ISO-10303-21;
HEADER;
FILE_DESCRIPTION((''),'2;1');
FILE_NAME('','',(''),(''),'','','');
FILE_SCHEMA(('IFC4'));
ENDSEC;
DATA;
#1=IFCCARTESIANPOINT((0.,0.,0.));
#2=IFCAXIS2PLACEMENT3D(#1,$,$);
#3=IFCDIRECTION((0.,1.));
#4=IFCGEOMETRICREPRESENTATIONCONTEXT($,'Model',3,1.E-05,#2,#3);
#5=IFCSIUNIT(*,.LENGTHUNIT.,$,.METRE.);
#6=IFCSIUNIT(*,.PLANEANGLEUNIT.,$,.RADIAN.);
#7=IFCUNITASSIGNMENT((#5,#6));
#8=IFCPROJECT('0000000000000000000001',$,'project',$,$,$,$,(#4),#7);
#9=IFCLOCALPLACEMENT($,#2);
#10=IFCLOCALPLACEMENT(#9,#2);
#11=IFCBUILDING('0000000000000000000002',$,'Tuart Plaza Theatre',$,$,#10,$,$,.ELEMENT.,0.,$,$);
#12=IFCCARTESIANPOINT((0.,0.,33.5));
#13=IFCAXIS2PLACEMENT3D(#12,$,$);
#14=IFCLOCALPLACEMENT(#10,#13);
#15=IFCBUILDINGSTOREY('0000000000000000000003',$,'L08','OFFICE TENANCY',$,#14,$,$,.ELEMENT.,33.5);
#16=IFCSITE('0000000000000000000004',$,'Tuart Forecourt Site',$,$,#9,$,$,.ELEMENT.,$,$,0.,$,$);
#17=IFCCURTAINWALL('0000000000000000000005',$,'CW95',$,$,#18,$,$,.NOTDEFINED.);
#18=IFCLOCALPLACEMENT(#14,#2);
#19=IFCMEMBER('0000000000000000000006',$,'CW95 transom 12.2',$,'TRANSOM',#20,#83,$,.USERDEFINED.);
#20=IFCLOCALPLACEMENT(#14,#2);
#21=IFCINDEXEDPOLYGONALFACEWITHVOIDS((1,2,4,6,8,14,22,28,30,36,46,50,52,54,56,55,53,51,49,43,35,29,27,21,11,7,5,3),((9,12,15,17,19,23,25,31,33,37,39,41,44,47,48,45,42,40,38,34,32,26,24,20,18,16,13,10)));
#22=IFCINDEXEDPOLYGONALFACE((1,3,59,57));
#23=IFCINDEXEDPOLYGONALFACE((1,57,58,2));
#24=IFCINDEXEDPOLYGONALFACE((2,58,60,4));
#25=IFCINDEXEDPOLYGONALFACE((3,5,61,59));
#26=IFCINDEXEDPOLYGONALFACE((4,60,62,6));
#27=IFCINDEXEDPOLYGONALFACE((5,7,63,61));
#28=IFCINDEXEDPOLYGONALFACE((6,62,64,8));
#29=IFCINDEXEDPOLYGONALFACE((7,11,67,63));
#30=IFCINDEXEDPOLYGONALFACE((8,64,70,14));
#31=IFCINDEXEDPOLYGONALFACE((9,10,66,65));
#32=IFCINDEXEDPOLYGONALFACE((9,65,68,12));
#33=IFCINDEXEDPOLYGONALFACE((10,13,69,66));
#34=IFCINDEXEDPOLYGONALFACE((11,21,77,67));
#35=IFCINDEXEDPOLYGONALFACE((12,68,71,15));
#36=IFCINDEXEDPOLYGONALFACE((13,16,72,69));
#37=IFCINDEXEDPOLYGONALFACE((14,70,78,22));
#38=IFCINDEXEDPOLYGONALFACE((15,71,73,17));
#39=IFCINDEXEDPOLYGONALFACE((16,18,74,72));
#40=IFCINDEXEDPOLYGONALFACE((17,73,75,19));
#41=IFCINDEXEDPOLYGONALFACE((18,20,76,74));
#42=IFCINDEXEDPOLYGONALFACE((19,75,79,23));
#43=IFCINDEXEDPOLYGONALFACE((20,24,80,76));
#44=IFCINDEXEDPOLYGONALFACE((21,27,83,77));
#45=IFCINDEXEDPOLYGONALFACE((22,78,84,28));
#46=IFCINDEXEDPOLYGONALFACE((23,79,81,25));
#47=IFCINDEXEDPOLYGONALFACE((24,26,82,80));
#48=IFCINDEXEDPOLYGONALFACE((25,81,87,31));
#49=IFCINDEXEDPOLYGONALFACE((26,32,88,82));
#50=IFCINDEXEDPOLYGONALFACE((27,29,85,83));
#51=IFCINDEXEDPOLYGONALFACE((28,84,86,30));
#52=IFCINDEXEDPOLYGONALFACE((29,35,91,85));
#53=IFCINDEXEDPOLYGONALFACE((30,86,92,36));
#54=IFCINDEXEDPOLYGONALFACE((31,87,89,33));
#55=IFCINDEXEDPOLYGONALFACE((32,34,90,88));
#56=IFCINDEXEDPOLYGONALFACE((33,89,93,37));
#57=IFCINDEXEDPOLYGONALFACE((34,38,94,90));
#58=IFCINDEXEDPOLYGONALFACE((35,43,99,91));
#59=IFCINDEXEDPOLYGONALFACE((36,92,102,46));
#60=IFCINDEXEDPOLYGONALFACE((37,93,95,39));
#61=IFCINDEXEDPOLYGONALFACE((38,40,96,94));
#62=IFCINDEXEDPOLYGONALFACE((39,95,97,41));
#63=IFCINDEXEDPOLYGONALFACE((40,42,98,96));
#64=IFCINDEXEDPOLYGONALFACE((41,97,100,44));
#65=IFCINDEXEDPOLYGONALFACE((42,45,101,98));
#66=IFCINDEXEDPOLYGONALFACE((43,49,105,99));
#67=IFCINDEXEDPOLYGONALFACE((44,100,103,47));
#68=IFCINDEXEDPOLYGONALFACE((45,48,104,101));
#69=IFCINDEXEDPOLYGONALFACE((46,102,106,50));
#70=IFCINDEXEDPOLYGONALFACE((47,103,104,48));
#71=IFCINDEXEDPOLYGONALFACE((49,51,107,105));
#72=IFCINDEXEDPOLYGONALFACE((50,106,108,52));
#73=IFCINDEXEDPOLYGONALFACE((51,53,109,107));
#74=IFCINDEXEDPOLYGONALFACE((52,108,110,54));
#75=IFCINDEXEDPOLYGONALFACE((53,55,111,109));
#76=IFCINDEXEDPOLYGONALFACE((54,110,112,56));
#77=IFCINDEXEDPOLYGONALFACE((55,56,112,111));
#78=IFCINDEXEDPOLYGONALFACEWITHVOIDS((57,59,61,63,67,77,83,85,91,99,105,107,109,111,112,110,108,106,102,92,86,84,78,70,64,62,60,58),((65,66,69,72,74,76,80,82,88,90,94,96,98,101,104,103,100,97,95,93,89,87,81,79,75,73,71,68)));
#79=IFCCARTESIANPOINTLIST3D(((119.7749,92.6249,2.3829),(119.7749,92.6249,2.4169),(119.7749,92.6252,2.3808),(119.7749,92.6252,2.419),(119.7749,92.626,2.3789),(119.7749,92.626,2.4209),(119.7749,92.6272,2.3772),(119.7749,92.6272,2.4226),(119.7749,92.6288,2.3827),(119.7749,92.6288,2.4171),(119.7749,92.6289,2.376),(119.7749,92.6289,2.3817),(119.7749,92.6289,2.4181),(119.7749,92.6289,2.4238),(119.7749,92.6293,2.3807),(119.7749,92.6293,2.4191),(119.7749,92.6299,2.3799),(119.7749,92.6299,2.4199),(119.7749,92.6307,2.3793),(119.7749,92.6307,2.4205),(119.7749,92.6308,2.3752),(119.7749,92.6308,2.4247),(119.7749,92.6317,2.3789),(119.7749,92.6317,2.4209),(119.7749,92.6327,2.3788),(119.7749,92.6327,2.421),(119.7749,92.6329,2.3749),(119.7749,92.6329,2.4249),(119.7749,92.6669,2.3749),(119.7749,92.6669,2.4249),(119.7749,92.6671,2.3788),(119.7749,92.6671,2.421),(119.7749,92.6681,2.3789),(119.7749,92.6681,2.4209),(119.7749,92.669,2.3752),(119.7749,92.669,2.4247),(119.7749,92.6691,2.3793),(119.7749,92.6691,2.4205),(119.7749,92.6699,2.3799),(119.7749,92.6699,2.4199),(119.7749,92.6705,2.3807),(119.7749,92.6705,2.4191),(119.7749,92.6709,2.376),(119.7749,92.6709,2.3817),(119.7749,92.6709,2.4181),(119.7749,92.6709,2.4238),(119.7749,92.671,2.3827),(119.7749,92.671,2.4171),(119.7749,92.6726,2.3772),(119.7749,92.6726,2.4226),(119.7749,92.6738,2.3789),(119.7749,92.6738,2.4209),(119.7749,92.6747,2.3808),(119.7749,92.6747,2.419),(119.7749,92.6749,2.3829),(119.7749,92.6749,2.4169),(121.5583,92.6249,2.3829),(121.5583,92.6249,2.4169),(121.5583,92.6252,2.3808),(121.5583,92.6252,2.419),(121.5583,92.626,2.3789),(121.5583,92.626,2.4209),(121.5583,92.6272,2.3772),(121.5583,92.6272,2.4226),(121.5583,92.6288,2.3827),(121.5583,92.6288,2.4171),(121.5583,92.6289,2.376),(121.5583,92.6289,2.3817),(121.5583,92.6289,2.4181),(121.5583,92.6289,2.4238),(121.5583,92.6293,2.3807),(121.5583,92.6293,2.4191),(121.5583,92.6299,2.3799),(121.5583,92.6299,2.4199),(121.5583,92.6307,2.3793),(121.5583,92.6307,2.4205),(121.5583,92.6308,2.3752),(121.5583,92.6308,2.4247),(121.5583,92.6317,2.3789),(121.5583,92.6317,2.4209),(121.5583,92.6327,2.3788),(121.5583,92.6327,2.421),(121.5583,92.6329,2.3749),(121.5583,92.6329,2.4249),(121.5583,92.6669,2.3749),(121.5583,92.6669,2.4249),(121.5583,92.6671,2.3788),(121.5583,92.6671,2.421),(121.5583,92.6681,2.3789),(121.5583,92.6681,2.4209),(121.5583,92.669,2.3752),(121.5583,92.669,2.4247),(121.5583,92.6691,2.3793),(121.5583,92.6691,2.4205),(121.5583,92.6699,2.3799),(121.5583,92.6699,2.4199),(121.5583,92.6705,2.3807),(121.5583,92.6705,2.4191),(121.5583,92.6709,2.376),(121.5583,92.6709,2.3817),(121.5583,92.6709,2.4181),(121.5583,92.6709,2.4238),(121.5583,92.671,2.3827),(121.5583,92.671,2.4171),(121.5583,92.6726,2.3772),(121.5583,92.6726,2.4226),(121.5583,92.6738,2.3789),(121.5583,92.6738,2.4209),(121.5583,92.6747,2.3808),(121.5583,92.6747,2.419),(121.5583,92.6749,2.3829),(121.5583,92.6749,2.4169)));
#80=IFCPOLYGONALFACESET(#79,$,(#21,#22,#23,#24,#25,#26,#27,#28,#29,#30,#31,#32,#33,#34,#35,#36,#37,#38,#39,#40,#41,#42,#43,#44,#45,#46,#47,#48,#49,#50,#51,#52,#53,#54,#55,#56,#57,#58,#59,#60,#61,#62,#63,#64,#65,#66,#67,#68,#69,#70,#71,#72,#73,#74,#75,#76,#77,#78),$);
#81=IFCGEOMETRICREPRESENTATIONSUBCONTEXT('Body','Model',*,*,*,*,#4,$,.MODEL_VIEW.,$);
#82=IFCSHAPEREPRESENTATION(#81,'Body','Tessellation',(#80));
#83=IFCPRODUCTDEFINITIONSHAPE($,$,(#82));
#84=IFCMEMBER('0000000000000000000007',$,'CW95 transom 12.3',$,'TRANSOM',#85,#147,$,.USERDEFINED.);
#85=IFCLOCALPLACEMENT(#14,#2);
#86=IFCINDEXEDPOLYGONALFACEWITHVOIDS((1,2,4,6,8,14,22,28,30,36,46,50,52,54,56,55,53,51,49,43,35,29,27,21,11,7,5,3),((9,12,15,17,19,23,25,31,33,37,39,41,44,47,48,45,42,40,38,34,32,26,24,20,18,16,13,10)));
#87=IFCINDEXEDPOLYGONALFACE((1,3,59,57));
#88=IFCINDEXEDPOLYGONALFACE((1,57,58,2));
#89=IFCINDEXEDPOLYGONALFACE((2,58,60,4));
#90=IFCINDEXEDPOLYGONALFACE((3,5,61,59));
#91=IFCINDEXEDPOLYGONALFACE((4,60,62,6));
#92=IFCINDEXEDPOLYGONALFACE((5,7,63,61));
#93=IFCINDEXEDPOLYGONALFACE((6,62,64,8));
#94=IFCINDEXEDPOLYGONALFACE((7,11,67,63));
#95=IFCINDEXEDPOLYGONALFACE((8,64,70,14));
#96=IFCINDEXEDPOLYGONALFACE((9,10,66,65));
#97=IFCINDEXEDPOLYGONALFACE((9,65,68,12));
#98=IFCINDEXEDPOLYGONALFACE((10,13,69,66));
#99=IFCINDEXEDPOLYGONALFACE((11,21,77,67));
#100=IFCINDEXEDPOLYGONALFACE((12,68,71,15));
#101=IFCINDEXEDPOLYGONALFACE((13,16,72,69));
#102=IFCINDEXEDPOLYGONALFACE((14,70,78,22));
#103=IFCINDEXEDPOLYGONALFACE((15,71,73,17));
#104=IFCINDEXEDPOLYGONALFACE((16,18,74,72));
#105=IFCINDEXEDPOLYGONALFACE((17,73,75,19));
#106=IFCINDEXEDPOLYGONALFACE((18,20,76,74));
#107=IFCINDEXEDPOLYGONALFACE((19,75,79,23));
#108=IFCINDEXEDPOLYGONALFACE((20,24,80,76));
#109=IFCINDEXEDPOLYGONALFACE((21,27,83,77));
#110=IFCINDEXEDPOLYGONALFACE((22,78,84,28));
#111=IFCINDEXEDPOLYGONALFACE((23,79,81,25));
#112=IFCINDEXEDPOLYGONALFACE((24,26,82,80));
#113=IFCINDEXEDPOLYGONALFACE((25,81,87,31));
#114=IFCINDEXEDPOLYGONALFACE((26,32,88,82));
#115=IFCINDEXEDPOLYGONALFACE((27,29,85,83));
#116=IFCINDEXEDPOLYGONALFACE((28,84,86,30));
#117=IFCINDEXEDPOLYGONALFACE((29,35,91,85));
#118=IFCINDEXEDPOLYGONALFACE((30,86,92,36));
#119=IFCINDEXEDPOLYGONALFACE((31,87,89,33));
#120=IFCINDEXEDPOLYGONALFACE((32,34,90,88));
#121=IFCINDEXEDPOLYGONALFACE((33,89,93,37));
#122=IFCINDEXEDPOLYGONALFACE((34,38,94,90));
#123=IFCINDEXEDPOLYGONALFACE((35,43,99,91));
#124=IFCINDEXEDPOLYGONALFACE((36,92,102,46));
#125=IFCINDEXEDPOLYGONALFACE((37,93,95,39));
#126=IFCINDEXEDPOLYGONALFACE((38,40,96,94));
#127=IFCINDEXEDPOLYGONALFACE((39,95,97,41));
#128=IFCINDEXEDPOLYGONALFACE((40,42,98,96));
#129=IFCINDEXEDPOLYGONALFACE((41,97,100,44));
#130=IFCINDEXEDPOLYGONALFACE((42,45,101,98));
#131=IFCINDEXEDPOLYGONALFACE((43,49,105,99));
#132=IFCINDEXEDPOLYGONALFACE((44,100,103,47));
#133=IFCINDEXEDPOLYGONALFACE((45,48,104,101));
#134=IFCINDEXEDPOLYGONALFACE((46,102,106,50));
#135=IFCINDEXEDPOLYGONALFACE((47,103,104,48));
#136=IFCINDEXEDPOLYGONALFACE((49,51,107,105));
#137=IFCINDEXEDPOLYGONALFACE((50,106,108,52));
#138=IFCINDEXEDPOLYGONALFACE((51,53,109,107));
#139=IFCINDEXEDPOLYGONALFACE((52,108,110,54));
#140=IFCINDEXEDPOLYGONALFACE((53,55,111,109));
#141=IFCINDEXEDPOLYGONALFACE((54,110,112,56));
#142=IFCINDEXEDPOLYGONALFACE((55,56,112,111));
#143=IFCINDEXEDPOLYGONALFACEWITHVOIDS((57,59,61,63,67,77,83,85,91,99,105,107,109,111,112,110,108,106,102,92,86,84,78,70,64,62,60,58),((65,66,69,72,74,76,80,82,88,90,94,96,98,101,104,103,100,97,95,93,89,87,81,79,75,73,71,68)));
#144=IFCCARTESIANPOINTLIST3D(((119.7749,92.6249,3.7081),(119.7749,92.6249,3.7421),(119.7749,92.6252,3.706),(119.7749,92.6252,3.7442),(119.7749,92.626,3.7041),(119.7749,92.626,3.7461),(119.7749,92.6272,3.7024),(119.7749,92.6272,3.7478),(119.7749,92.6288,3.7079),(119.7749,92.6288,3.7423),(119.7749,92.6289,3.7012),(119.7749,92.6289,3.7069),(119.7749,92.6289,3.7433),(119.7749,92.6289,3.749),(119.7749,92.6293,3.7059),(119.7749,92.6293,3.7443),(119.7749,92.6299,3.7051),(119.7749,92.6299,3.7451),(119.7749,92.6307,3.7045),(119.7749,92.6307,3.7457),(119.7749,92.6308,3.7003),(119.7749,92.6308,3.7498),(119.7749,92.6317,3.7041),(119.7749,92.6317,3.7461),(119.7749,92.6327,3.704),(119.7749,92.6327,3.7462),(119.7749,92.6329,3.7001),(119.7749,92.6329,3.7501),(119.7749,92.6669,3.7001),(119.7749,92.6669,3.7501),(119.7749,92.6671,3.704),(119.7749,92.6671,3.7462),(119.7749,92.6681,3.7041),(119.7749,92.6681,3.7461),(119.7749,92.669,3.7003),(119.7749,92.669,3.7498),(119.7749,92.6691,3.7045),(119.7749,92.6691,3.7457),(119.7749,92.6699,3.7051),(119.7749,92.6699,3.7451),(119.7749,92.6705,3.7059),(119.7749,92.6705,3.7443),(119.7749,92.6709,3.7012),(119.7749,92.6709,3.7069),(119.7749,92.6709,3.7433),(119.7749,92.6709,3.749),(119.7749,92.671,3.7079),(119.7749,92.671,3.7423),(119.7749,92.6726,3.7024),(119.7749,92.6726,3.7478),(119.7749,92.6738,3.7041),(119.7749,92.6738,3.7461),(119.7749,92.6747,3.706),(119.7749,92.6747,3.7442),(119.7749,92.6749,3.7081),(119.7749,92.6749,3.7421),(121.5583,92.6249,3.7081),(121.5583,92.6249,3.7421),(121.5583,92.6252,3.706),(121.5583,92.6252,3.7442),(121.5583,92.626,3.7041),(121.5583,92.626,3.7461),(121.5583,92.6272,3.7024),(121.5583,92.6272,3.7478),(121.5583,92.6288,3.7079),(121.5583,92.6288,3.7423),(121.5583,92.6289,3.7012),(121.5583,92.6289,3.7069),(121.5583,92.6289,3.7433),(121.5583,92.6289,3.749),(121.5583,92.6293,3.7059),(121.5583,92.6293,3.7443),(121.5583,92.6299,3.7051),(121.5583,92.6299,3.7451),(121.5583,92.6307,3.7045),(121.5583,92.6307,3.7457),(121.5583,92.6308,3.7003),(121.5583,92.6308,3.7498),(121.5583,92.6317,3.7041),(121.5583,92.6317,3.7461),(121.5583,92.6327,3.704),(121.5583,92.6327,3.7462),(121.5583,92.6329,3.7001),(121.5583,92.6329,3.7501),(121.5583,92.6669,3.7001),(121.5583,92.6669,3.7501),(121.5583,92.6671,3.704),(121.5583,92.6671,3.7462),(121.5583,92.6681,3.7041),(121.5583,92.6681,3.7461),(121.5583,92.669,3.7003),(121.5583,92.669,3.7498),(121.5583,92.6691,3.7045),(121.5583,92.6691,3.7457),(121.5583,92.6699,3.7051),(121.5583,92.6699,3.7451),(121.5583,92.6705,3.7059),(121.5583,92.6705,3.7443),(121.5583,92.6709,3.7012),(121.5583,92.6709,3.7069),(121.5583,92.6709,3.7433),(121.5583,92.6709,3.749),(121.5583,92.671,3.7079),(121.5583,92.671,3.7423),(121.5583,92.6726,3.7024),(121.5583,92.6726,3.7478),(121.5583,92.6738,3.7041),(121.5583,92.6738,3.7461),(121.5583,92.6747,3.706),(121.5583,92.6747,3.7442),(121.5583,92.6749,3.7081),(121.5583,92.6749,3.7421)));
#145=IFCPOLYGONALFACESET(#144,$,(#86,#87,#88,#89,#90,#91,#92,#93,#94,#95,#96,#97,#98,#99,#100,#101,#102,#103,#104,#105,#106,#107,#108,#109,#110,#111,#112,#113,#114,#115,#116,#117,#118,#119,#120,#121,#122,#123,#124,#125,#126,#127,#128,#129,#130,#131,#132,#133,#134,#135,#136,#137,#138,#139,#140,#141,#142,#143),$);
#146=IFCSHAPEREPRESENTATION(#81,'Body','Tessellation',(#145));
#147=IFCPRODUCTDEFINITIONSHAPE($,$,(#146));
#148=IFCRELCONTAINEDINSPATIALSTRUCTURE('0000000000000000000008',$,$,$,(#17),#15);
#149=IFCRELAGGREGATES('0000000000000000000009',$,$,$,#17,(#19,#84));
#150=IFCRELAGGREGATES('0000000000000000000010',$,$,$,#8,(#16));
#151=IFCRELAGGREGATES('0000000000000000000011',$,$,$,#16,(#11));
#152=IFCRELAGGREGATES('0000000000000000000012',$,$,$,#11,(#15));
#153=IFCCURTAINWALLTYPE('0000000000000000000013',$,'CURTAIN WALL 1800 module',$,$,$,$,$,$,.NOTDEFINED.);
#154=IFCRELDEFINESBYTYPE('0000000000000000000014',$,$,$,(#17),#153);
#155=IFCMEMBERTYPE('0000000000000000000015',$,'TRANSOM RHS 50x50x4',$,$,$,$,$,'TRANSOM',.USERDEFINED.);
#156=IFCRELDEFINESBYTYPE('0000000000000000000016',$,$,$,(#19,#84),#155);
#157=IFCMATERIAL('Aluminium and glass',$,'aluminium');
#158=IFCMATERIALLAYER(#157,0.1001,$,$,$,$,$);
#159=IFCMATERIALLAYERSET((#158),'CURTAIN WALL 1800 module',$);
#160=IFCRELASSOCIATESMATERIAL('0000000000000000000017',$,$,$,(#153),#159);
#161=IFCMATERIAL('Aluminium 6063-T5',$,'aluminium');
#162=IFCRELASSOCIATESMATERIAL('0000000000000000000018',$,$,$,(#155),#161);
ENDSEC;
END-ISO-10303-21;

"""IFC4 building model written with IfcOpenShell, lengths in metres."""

from ifc_helpers import new_model, si_unit, direction, frame, origin, origin_2d, place, context, subcontext, project, spatial, hollow_rectangle, extrude, material, layer, layer_set, material_profile, profile_set, type_object, element, aggregate, save


model = new_model("IFC4")

# Units and contexts
model_context = context("Model", 3, precision=1e-05, world=origin(), true_north=direction((0.0, 1.0)))
body_context = subcontext(model_context, "Body", "Model", "MODEL_VIEW")
ifc_project = project(units=[si_unit("LENGTHUNIT", "METRE"), si_unit("PLANEANGLEUNIT", "RADIAN")], contexts=[model_context])

# Site, building, storey
site_placement = place(None, origin())
site = spatial("IfcSite", under=ifc_project, at=site_placement, Name="Tuart Forecourt Site", CompositionType="ELEMENT", RefElevation=0.0)
building_placement = place(site_placement, origin())
building = spatial("IfcBuilding", under=site, at=building_placement, Name="Tuart Plaza Theatre", CompositionType="ELEMENT", ElevationOfRefHeight=0.0)
storey_placement = place(building_placement, frame((0.0, 0.0, 33.5)))
storey = spatial("IfcBuildingStorey", under=building, at=storey_placement, Name="L08", Description="OFFICE TENANCY", CompositionType="ELEMENT", Elevation=33.5)

# Curtain wall, members
ifc_material_1 = material(Name="Aluminium and glass", Category="aluminium")
ifc_layer_1 = layer(ifc_material_1, 0.1001)
ifc_layer_set_1 = layer_set([ifc_layer_1], Name="CURTAIN WALL 1800 module")
curtain_wall_type = type_object("IfcCurtainWallType", Name="CURTAIN WALL 1800 module", PredefinedType="NOTDEFINED", material=ifc_layer_set_1)
curtain_wall_placement = place(storey_placement, origin())
curtain_wall = element("IfcCurtainWall", 1, at=curtain_wall_placement, inside=storey, type_object=curtain_wall_type, Name="CW95", PredefinedType="NOTDEFINED")
ifc_material_2 = material(Name="Aluminium 6063-T5", Category="aluminium")
ifc_material_profile_1 = material_profile(ifc_material_2, hollow_rectangle(XDim=0.05, YDim=0.05, WallThickness=0.0039, InnerFilletRadius=0.0039, OuterFilletRadius=0.0081, at=origin_2d()), Name="RHS 50x50x4")
ifc_profile_set_1 = profile_set([ifc_material_profile_1], Name="Aluminium 6063-T5")
member_type_1 = type_object("IfcMemberType", Name="TRANSOM RHS 50x50x4", ElementType="TRANSOM", PredefinedType="USERDEFINED", material=ifc_profile_set_1)
member_1_placement = place(storey_placement, frame((121.5583, 92.6499, 2.3999), z_axis=(-1.0, 0.0, 0.0), x_axis=(0.0, -1.0, 0.0)))
member_1 = element("IfcMember", 2, at=member_1_placement, type_object=member_type_1, Name="CW95 transom 12.2", ObjectType="TRANSOM", PredefinedType="USERDEFINED", context=body_context, shape_type="SweptSolid", body=[
    extrude(hollow_rectangle(XDim=0.05, YDim=0.05, WallThickness=0.0039, InnerFilletRadius=0.0039, OuterFilletRadius=0.0081, at=origin_2d()), origin(), (0.0, 0.0, 1.0), 1.7834),
])
member_2_placement = place(storey_placement, frame((121.5583, 92.6499, 3.7251), z_axis=(-1.0, 0.0, 0.0), x_axis=(0.0, -1.0, 0.0)))
member_2 = element("IfcMember", 3, at=member_2_placement, type_object=member_type_1, Name="CW95 transom 12.3", ObjectType="TRANSOM", PredefinedType="USERDEFINED", context=body_context, shape_type="SweptSolid", body=[
    extrude(hollow_rectangle(XDim=0.05, YDim=0.05, WallThickness=0.0039, InnerFilletRadius=0.0039, OuterFilletRadius=0.0081, at=origin_2d()), origin(), (0.0, 0.0, 1.0), 1.7834),
])
aggregate(curtain_wall, [member_1, member_2])

save(model, "model.ifc")
